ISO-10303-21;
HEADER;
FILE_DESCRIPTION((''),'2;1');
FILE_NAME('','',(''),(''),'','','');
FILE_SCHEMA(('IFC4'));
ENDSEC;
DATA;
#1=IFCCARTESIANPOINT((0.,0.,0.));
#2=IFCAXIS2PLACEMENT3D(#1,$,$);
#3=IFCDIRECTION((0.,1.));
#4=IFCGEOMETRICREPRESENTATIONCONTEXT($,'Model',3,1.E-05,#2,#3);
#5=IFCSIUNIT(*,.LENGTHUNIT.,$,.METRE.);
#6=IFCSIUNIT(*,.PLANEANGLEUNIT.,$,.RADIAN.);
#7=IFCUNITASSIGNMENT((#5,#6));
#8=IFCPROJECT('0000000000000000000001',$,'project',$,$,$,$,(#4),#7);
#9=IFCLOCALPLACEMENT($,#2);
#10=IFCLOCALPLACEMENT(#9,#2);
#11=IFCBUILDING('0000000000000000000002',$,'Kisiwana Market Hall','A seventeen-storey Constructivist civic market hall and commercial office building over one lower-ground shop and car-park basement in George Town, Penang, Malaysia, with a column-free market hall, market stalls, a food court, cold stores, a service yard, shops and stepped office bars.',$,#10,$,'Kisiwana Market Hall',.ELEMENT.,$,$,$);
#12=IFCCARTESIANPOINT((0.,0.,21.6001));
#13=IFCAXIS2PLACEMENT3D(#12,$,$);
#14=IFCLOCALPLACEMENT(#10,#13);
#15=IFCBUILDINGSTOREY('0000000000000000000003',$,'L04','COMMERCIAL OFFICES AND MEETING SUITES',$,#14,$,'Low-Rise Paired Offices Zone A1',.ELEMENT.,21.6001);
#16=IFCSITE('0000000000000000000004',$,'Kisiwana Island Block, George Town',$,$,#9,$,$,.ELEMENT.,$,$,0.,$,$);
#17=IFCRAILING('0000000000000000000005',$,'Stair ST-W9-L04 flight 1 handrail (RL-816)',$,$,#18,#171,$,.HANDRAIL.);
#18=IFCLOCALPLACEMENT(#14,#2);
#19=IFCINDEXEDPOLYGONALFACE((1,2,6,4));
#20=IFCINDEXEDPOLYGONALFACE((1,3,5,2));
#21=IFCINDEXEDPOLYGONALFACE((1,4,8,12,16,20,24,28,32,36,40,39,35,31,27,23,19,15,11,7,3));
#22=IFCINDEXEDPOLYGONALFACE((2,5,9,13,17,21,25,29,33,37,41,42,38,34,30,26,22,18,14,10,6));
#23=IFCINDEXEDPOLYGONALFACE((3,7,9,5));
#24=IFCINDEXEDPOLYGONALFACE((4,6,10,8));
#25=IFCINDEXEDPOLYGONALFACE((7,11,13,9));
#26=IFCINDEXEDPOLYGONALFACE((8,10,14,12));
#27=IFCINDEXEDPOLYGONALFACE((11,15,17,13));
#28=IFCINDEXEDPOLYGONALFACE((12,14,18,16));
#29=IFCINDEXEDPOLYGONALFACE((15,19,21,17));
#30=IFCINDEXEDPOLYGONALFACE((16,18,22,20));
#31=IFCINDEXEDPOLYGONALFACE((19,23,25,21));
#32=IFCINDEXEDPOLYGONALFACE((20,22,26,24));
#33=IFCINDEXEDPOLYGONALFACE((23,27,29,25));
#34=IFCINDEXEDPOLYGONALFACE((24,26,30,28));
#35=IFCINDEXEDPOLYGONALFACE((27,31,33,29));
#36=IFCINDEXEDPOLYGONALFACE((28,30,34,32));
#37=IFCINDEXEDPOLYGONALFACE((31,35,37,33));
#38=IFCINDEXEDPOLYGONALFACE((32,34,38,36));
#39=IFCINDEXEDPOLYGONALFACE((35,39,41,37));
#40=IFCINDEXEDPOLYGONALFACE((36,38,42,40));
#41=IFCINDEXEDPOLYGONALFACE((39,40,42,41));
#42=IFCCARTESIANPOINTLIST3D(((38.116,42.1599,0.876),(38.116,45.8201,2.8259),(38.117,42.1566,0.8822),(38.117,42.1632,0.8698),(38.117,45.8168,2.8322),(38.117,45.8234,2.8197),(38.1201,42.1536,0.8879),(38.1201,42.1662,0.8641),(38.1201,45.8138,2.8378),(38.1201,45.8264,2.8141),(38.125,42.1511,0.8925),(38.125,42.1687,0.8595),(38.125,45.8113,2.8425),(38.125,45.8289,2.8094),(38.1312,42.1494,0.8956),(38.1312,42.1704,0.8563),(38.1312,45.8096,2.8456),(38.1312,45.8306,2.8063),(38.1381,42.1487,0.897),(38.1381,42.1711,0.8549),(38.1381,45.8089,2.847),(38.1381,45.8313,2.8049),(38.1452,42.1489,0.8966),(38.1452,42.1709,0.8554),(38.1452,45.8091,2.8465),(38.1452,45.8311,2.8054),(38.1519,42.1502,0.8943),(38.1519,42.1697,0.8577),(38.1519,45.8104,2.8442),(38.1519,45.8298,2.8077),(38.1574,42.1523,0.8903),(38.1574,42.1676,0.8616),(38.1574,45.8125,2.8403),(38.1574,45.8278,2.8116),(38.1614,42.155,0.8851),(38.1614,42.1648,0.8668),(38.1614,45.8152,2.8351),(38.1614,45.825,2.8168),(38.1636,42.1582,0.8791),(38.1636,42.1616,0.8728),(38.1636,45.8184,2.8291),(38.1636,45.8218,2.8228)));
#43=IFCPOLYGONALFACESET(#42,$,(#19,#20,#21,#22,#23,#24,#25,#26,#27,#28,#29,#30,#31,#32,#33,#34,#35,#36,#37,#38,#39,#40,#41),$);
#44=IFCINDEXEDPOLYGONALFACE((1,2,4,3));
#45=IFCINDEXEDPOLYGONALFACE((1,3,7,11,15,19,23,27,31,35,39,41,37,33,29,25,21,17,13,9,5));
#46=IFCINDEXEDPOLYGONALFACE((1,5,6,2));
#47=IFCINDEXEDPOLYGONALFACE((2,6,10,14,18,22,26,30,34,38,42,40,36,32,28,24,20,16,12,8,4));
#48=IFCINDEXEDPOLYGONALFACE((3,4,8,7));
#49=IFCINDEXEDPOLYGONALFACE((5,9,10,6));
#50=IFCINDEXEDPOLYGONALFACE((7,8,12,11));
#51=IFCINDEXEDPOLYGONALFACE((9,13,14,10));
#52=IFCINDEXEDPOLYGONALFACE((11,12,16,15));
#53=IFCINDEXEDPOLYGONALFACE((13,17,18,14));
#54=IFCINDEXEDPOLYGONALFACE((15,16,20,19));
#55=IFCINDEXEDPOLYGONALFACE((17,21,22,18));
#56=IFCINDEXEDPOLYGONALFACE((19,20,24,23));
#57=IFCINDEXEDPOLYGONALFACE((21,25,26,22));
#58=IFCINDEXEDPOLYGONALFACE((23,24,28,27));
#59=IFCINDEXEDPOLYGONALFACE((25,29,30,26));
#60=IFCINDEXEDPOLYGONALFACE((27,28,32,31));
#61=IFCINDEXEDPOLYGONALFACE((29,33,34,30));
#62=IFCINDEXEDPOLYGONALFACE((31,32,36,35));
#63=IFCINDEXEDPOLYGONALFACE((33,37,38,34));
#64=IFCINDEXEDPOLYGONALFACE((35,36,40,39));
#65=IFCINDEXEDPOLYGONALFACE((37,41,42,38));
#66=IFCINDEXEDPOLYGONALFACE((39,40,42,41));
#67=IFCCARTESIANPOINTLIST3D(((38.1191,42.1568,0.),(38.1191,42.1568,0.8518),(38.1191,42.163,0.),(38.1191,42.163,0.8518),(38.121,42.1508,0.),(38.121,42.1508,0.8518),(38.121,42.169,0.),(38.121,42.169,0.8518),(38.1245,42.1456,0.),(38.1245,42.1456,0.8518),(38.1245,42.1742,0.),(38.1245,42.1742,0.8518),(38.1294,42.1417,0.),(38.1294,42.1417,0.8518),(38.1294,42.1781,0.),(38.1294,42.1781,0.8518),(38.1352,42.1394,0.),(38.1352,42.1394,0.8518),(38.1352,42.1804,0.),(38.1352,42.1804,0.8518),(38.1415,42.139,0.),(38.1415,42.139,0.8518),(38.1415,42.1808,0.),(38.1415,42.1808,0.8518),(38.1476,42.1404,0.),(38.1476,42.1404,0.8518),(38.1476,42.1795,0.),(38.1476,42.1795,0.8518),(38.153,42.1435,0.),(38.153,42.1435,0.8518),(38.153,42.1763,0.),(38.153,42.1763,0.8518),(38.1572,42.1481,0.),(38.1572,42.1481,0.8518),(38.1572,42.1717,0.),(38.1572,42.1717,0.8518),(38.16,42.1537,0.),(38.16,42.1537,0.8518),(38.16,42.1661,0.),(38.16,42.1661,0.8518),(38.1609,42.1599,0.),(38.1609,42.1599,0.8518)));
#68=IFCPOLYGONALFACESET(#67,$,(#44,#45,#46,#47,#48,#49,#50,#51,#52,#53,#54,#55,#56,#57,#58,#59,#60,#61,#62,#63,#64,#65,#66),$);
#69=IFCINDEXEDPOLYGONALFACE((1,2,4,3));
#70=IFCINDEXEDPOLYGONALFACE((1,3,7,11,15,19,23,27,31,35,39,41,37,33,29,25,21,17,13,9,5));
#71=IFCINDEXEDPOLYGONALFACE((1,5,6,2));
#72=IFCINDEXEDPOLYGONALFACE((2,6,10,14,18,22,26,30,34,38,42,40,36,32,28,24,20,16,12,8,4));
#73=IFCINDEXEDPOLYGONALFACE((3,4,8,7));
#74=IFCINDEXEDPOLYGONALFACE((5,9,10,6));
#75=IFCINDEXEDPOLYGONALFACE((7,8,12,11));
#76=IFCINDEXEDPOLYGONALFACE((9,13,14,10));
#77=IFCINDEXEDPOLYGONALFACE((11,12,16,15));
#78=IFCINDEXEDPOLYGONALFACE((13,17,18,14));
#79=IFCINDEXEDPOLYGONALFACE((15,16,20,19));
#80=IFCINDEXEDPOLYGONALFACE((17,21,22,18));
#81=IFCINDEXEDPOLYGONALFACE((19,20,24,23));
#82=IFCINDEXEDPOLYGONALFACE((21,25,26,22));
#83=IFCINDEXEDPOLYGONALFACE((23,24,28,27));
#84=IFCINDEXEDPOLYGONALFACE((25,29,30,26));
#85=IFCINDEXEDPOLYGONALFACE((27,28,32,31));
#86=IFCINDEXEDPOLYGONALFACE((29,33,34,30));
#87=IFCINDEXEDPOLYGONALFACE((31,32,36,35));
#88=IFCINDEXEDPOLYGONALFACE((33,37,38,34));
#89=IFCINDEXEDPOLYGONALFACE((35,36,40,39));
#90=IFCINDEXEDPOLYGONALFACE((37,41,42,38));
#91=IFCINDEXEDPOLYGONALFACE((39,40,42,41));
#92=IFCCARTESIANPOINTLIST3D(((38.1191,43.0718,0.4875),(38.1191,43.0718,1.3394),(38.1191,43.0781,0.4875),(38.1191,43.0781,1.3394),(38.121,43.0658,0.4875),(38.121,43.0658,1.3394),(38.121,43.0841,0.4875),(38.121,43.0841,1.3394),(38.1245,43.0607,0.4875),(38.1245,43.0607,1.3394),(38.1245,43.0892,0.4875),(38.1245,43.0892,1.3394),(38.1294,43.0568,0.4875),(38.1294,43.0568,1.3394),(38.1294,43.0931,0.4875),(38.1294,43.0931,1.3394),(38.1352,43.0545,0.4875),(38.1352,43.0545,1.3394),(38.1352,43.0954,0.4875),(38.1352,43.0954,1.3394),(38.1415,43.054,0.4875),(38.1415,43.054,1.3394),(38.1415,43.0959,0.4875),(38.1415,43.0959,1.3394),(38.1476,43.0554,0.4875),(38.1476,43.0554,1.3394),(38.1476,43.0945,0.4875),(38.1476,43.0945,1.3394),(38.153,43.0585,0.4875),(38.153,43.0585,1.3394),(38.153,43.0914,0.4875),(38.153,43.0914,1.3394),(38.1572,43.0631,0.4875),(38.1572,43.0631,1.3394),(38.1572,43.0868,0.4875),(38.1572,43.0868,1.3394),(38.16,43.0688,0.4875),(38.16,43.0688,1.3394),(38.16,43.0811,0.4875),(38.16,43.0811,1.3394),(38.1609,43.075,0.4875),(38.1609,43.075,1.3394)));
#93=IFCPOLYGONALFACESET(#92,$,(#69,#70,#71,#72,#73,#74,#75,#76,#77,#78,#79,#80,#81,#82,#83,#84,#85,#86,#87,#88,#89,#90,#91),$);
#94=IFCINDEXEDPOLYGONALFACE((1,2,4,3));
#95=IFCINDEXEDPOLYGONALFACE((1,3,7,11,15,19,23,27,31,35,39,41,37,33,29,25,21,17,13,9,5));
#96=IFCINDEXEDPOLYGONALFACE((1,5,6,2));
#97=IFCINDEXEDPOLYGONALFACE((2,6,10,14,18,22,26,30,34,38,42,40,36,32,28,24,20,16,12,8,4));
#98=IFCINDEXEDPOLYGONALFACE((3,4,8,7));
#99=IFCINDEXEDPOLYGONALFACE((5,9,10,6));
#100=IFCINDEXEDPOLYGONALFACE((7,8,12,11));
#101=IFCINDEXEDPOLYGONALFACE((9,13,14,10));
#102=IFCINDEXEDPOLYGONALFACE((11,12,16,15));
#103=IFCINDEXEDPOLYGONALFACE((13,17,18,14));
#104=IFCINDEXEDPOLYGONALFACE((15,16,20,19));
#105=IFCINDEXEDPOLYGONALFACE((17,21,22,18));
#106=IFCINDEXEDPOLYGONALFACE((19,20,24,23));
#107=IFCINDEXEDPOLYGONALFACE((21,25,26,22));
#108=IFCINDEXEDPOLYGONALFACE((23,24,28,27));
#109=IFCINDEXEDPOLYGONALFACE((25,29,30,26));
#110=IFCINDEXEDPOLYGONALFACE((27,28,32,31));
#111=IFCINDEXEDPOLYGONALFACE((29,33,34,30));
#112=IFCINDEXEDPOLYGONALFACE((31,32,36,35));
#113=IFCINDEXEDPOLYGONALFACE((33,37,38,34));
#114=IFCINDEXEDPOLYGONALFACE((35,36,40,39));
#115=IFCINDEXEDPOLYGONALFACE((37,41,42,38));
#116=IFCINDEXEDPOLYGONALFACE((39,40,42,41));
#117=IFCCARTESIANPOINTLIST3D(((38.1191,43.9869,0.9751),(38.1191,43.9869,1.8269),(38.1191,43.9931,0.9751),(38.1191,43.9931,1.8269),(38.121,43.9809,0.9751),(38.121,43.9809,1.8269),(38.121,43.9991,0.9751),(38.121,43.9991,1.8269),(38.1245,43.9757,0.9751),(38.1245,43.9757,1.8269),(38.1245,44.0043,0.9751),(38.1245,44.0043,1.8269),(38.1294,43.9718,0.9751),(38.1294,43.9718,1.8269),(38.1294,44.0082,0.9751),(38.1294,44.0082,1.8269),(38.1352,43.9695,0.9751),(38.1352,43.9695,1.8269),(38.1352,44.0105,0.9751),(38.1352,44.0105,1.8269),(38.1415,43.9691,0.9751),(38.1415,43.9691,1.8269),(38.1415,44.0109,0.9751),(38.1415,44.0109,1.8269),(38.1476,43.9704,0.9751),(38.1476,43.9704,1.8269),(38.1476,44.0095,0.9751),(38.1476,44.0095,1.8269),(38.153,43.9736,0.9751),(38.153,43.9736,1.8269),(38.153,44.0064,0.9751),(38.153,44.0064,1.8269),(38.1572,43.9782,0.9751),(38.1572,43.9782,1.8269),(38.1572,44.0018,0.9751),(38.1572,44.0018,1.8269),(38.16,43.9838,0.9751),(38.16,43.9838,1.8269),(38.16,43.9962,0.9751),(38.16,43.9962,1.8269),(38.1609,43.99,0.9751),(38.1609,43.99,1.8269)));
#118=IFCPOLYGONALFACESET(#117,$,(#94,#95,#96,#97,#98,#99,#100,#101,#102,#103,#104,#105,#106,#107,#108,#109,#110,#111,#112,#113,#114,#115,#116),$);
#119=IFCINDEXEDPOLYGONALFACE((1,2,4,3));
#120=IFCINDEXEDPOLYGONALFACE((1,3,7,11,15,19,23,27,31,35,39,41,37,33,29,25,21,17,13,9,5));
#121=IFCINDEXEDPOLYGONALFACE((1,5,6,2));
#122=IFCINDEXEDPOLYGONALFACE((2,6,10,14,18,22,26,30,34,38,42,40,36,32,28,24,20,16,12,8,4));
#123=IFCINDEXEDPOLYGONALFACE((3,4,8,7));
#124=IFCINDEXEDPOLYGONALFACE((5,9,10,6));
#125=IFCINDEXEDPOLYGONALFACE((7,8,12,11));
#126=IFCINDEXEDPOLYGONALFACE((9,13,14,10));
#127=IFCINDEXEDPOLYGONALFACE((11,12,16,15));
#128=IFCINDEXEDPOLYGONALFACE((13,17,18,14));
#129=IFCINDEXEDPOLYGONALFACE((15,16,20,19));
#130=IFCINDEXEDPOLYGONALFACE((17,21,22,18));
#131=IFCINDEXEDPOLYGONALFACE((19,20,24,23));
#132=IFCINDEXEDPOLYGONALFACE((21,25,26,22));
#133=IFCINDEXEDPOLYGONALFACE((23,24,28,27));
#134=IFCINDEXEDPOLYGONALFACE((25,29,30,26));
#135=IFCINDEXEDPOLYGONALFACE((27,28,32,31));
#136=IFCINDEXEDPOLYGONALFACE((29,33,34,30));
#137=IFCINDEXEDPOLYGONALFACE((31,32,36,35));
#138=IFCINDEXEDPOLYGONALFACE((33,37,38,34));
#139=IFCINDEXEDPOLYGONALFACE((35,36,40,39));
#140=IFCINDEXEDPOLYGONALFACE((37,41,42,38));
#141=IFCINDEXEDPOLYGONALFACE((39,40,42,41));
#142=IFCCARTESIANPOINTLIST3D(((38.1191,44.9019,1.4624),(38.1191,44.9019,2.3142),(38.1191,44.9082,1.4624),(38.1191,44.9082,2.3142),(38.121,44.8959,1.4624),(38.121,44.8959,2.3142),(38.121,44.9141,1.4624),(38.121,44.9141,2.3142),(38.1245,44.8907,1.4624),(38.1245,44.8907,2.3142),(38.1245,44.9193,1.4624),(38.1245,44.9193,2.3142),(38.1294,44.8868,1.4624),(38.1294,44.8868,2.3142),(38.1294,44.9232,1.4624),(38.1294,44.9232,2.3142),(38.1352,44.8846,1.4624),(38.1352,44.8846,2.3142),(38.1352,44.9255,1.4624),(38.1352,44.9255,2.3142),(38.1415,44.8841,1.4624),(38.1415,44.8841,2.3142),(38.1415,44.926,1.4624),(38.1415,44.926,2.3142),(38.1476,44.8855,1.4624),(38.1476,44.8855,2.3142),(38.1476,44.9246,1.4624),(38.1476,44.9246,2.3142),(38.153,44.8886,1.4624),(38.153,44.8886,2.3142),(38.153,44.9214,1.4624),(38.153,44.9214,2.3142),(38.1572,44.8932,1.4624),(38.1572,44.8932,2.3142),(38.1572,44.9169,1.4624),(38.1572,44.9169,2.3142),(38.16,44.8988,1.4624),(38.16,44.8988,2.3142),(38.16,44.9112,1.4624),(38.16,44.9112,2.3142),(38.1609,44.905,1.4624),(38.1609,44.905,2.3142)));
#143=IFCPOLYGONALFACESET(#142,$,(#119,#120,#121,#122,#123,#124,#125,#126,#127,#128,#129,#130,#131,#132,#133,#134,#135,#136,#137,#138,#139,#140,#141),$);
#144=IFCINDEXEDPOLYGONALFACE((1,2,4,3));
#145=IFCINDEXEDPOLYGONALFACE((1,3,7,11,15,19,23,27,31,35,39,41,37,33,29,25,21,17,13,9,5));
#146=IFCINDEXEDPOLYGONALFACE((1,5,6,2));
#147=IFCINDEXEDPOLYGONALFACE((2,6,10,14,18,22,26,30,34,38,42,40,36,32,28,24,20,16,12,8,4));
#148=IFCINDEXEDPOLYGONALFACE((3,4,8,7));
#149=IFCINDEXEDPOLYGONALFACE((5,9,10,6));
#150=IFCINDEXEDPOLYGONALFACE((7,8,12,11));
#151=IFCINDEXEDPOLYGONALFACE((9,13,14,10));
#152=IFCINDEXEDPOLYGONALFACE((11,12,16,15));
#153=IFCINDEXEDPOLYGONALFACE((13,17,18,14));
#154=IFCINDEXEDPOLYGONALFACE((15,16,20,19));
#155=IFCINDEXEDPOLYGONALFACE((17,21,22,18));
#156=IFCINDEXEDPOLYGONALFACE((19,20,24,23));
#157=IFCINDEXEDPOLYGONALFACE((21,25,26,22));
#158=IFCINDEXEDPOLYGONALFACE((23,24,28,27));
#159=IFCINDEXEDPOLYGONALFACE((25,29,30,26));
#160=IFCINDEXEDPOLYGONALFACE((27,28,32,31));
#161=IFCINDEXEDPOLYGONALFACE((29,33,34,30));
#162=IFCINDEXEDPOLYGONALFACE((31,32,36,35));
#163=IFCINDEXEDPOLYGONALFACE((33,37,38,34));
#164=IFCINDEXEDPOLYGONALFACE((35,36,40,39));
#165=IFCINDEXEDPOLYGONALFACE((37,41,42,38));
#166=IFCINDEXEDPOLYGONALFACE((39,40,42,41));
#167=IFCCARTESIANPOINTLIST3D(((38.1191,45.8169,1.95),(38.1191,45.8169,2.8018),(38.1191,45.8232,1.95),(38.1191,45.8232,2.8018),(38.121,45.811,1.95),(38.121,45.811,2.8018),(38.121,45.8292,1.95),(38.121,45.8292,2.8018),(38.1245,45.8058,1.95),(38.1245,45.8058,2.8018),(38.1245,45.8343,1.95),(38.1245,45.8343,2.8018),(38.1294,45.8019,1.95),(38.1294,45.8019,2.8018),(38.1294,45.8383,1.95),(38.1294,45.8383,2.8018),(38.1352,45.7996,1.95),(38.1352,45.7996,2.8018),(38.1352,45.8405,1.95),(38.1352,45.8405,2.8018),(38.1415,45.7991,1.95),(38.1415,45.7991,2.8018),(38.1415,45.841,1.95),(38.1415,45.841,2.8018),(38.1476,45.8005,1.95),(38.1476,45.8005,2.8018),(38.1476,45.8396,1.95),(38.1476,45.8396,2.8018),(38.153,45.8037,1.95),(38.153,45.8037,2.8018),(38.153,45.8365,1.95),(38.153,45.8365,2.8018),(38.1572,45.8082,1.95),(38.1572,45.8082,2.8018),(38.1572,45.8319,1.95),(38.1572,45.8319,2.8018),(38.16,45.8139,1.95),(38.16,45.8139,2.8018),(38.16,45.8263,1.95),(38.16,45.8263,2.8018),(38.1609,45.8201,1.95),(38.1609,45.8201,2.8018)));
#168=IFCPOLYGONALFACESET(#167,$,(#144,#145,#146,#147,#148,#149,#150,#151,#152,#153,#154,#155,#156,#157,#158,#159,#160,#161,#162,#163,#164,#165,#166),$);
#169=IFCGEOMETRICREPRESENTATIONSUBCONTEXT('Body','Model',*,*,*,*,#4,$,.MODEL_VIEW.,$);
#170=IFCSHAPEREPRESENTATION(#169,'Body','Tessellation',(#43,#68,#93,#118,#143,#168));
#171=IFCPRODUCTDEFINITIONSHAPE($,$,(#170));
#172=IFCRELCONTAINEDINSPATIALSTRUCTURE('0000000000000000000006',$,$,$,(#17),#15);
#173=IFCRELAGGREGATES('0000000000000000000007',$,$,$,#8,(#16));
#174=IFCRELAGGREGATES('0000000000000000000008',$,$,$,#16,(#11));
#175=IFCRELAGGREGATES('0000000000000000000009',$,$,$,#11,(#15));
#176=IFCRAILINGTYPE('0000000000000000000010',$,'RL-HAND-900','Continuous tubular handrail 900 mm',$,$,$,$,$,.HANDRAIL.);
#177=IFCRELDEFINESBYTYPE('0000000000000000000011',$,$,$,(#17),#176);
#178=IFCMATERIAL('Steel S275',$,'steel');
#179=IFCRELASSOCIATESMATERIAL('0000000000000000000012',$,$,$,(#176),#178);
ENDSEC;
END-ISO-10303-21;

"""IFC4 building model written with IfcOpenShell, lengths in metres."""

from ifc_helpers import new_model, si_unit, direction, frame, origin, origin_2d, place, context, subcontext, project, spatial, circle, extrude, material, type_object, element, save


model = new_model("IFC4")

# Units and contexts
model_context = context("Model", 3, precision=1e-05, world=origin(), true_north=direction((0.0, 1.0)))
body_context = subcontext(model_context, "Body", "Model", "MODEL_VIEW")
ifc_project = project(units=[si_unit("LENGTHUNIT", "METRE"), si_unit("PLANEANGLEUNIT", "RADIAN")], contexts=[model_context])

# Site, building, storey
site_placement = place(None, origin())
site = spatial("IfcSite", under=ifc_project, at=site_placement, Name="Kisiwana Island Block, George Town", CompositionType="ELEMENT", RefElevation=0.0)
building_placement = place(site_placement, origin())
building = spatial("IfcBuilding", under=site, at=building_placement, Name="Kisiwana Market Hall", Description="A seventeen-storey Constructivist civic market hall and commercial office building over one lower-ground shop and car-park basement in George Town, Penang, Malaysia, with a column-free market hall, market stalls, a food court, cold stores, a service yard, shops and stepped office bars.", LongName="Kisiwana Market Hall", CompositionType="ELEMENT")
storey_placement = place(building_placement, frame((0.0, 0.0, 21.6001)))
storey = spatial("IfcBuildingStorey", under=building, at=storey_placement, Name="L04", Description="COMMERCIAL OFFICES AND MEETING SUITES", LongName="Low-Rise Paired Offices Zone A1", CompositionType="ELEMENT", Elevation=21.6001)

# Railing
ifc_material_1 = material(Name="Steel S275", Category="steel")
railing_type_1 = type_object("IfcRailingType", Name="RL-HAND-900", Description="Continuous tubular handrail 900 mm", PredefinedType="HANDRAIL", material=ifc_material_1)
for number, where, name in (
    (1, (38.1399, 42.1599, 0.0), "Stair ST-W9-L04 flight 1 handrail (RL-816)"),
):
    element("IfcRailing", number, at=place(storey_placement, frame(where)), inside=storey, type_object=railing_type_1, Name=name, PredefinedType="HANDRAIL", context=body_context, shape_type="SweptSolid", body=[
        extrude(circle(Radius=0.0239, at=origin_2d()), frame((0.0, 0.0, 0.876), z_axis=(0.0, 0.882566, 0.470188), x_axis=(-1.0, 0.0, 0.0)), (0.0, 0.0, 1.0), 4.1472),
        extrude(circle(Radius=0.021, at=origin_2d()), origin(), (0.0, 0.0, 1.0), 0.8518),
        extrude(circle(Radius=0.021, at=origin_2d()), frame((0.0, 0.915, 0.4875)), (0.0, 0.0, 1.0), 0.8518),
        extrude(circle(Radius=0.021, at=origin_2d()), frame((0.0, 1.8301, 0.9751)), (0.0, 0.0, 1.0), 0.8518),
        extrude(circle(Radius=0.021, at=origin_2d()), frame((0.0, 2.7451, 1.4624)), (0.0, 0.0, 1.0), 0.8518),
        extrude(circle(Radius=0.021, at=origin_2d()), frame((0.0, 3.6602, 1.95)), (0.0, 0.0, 1.0), 0.8518),
    ])

save(model, "model.ifc")
